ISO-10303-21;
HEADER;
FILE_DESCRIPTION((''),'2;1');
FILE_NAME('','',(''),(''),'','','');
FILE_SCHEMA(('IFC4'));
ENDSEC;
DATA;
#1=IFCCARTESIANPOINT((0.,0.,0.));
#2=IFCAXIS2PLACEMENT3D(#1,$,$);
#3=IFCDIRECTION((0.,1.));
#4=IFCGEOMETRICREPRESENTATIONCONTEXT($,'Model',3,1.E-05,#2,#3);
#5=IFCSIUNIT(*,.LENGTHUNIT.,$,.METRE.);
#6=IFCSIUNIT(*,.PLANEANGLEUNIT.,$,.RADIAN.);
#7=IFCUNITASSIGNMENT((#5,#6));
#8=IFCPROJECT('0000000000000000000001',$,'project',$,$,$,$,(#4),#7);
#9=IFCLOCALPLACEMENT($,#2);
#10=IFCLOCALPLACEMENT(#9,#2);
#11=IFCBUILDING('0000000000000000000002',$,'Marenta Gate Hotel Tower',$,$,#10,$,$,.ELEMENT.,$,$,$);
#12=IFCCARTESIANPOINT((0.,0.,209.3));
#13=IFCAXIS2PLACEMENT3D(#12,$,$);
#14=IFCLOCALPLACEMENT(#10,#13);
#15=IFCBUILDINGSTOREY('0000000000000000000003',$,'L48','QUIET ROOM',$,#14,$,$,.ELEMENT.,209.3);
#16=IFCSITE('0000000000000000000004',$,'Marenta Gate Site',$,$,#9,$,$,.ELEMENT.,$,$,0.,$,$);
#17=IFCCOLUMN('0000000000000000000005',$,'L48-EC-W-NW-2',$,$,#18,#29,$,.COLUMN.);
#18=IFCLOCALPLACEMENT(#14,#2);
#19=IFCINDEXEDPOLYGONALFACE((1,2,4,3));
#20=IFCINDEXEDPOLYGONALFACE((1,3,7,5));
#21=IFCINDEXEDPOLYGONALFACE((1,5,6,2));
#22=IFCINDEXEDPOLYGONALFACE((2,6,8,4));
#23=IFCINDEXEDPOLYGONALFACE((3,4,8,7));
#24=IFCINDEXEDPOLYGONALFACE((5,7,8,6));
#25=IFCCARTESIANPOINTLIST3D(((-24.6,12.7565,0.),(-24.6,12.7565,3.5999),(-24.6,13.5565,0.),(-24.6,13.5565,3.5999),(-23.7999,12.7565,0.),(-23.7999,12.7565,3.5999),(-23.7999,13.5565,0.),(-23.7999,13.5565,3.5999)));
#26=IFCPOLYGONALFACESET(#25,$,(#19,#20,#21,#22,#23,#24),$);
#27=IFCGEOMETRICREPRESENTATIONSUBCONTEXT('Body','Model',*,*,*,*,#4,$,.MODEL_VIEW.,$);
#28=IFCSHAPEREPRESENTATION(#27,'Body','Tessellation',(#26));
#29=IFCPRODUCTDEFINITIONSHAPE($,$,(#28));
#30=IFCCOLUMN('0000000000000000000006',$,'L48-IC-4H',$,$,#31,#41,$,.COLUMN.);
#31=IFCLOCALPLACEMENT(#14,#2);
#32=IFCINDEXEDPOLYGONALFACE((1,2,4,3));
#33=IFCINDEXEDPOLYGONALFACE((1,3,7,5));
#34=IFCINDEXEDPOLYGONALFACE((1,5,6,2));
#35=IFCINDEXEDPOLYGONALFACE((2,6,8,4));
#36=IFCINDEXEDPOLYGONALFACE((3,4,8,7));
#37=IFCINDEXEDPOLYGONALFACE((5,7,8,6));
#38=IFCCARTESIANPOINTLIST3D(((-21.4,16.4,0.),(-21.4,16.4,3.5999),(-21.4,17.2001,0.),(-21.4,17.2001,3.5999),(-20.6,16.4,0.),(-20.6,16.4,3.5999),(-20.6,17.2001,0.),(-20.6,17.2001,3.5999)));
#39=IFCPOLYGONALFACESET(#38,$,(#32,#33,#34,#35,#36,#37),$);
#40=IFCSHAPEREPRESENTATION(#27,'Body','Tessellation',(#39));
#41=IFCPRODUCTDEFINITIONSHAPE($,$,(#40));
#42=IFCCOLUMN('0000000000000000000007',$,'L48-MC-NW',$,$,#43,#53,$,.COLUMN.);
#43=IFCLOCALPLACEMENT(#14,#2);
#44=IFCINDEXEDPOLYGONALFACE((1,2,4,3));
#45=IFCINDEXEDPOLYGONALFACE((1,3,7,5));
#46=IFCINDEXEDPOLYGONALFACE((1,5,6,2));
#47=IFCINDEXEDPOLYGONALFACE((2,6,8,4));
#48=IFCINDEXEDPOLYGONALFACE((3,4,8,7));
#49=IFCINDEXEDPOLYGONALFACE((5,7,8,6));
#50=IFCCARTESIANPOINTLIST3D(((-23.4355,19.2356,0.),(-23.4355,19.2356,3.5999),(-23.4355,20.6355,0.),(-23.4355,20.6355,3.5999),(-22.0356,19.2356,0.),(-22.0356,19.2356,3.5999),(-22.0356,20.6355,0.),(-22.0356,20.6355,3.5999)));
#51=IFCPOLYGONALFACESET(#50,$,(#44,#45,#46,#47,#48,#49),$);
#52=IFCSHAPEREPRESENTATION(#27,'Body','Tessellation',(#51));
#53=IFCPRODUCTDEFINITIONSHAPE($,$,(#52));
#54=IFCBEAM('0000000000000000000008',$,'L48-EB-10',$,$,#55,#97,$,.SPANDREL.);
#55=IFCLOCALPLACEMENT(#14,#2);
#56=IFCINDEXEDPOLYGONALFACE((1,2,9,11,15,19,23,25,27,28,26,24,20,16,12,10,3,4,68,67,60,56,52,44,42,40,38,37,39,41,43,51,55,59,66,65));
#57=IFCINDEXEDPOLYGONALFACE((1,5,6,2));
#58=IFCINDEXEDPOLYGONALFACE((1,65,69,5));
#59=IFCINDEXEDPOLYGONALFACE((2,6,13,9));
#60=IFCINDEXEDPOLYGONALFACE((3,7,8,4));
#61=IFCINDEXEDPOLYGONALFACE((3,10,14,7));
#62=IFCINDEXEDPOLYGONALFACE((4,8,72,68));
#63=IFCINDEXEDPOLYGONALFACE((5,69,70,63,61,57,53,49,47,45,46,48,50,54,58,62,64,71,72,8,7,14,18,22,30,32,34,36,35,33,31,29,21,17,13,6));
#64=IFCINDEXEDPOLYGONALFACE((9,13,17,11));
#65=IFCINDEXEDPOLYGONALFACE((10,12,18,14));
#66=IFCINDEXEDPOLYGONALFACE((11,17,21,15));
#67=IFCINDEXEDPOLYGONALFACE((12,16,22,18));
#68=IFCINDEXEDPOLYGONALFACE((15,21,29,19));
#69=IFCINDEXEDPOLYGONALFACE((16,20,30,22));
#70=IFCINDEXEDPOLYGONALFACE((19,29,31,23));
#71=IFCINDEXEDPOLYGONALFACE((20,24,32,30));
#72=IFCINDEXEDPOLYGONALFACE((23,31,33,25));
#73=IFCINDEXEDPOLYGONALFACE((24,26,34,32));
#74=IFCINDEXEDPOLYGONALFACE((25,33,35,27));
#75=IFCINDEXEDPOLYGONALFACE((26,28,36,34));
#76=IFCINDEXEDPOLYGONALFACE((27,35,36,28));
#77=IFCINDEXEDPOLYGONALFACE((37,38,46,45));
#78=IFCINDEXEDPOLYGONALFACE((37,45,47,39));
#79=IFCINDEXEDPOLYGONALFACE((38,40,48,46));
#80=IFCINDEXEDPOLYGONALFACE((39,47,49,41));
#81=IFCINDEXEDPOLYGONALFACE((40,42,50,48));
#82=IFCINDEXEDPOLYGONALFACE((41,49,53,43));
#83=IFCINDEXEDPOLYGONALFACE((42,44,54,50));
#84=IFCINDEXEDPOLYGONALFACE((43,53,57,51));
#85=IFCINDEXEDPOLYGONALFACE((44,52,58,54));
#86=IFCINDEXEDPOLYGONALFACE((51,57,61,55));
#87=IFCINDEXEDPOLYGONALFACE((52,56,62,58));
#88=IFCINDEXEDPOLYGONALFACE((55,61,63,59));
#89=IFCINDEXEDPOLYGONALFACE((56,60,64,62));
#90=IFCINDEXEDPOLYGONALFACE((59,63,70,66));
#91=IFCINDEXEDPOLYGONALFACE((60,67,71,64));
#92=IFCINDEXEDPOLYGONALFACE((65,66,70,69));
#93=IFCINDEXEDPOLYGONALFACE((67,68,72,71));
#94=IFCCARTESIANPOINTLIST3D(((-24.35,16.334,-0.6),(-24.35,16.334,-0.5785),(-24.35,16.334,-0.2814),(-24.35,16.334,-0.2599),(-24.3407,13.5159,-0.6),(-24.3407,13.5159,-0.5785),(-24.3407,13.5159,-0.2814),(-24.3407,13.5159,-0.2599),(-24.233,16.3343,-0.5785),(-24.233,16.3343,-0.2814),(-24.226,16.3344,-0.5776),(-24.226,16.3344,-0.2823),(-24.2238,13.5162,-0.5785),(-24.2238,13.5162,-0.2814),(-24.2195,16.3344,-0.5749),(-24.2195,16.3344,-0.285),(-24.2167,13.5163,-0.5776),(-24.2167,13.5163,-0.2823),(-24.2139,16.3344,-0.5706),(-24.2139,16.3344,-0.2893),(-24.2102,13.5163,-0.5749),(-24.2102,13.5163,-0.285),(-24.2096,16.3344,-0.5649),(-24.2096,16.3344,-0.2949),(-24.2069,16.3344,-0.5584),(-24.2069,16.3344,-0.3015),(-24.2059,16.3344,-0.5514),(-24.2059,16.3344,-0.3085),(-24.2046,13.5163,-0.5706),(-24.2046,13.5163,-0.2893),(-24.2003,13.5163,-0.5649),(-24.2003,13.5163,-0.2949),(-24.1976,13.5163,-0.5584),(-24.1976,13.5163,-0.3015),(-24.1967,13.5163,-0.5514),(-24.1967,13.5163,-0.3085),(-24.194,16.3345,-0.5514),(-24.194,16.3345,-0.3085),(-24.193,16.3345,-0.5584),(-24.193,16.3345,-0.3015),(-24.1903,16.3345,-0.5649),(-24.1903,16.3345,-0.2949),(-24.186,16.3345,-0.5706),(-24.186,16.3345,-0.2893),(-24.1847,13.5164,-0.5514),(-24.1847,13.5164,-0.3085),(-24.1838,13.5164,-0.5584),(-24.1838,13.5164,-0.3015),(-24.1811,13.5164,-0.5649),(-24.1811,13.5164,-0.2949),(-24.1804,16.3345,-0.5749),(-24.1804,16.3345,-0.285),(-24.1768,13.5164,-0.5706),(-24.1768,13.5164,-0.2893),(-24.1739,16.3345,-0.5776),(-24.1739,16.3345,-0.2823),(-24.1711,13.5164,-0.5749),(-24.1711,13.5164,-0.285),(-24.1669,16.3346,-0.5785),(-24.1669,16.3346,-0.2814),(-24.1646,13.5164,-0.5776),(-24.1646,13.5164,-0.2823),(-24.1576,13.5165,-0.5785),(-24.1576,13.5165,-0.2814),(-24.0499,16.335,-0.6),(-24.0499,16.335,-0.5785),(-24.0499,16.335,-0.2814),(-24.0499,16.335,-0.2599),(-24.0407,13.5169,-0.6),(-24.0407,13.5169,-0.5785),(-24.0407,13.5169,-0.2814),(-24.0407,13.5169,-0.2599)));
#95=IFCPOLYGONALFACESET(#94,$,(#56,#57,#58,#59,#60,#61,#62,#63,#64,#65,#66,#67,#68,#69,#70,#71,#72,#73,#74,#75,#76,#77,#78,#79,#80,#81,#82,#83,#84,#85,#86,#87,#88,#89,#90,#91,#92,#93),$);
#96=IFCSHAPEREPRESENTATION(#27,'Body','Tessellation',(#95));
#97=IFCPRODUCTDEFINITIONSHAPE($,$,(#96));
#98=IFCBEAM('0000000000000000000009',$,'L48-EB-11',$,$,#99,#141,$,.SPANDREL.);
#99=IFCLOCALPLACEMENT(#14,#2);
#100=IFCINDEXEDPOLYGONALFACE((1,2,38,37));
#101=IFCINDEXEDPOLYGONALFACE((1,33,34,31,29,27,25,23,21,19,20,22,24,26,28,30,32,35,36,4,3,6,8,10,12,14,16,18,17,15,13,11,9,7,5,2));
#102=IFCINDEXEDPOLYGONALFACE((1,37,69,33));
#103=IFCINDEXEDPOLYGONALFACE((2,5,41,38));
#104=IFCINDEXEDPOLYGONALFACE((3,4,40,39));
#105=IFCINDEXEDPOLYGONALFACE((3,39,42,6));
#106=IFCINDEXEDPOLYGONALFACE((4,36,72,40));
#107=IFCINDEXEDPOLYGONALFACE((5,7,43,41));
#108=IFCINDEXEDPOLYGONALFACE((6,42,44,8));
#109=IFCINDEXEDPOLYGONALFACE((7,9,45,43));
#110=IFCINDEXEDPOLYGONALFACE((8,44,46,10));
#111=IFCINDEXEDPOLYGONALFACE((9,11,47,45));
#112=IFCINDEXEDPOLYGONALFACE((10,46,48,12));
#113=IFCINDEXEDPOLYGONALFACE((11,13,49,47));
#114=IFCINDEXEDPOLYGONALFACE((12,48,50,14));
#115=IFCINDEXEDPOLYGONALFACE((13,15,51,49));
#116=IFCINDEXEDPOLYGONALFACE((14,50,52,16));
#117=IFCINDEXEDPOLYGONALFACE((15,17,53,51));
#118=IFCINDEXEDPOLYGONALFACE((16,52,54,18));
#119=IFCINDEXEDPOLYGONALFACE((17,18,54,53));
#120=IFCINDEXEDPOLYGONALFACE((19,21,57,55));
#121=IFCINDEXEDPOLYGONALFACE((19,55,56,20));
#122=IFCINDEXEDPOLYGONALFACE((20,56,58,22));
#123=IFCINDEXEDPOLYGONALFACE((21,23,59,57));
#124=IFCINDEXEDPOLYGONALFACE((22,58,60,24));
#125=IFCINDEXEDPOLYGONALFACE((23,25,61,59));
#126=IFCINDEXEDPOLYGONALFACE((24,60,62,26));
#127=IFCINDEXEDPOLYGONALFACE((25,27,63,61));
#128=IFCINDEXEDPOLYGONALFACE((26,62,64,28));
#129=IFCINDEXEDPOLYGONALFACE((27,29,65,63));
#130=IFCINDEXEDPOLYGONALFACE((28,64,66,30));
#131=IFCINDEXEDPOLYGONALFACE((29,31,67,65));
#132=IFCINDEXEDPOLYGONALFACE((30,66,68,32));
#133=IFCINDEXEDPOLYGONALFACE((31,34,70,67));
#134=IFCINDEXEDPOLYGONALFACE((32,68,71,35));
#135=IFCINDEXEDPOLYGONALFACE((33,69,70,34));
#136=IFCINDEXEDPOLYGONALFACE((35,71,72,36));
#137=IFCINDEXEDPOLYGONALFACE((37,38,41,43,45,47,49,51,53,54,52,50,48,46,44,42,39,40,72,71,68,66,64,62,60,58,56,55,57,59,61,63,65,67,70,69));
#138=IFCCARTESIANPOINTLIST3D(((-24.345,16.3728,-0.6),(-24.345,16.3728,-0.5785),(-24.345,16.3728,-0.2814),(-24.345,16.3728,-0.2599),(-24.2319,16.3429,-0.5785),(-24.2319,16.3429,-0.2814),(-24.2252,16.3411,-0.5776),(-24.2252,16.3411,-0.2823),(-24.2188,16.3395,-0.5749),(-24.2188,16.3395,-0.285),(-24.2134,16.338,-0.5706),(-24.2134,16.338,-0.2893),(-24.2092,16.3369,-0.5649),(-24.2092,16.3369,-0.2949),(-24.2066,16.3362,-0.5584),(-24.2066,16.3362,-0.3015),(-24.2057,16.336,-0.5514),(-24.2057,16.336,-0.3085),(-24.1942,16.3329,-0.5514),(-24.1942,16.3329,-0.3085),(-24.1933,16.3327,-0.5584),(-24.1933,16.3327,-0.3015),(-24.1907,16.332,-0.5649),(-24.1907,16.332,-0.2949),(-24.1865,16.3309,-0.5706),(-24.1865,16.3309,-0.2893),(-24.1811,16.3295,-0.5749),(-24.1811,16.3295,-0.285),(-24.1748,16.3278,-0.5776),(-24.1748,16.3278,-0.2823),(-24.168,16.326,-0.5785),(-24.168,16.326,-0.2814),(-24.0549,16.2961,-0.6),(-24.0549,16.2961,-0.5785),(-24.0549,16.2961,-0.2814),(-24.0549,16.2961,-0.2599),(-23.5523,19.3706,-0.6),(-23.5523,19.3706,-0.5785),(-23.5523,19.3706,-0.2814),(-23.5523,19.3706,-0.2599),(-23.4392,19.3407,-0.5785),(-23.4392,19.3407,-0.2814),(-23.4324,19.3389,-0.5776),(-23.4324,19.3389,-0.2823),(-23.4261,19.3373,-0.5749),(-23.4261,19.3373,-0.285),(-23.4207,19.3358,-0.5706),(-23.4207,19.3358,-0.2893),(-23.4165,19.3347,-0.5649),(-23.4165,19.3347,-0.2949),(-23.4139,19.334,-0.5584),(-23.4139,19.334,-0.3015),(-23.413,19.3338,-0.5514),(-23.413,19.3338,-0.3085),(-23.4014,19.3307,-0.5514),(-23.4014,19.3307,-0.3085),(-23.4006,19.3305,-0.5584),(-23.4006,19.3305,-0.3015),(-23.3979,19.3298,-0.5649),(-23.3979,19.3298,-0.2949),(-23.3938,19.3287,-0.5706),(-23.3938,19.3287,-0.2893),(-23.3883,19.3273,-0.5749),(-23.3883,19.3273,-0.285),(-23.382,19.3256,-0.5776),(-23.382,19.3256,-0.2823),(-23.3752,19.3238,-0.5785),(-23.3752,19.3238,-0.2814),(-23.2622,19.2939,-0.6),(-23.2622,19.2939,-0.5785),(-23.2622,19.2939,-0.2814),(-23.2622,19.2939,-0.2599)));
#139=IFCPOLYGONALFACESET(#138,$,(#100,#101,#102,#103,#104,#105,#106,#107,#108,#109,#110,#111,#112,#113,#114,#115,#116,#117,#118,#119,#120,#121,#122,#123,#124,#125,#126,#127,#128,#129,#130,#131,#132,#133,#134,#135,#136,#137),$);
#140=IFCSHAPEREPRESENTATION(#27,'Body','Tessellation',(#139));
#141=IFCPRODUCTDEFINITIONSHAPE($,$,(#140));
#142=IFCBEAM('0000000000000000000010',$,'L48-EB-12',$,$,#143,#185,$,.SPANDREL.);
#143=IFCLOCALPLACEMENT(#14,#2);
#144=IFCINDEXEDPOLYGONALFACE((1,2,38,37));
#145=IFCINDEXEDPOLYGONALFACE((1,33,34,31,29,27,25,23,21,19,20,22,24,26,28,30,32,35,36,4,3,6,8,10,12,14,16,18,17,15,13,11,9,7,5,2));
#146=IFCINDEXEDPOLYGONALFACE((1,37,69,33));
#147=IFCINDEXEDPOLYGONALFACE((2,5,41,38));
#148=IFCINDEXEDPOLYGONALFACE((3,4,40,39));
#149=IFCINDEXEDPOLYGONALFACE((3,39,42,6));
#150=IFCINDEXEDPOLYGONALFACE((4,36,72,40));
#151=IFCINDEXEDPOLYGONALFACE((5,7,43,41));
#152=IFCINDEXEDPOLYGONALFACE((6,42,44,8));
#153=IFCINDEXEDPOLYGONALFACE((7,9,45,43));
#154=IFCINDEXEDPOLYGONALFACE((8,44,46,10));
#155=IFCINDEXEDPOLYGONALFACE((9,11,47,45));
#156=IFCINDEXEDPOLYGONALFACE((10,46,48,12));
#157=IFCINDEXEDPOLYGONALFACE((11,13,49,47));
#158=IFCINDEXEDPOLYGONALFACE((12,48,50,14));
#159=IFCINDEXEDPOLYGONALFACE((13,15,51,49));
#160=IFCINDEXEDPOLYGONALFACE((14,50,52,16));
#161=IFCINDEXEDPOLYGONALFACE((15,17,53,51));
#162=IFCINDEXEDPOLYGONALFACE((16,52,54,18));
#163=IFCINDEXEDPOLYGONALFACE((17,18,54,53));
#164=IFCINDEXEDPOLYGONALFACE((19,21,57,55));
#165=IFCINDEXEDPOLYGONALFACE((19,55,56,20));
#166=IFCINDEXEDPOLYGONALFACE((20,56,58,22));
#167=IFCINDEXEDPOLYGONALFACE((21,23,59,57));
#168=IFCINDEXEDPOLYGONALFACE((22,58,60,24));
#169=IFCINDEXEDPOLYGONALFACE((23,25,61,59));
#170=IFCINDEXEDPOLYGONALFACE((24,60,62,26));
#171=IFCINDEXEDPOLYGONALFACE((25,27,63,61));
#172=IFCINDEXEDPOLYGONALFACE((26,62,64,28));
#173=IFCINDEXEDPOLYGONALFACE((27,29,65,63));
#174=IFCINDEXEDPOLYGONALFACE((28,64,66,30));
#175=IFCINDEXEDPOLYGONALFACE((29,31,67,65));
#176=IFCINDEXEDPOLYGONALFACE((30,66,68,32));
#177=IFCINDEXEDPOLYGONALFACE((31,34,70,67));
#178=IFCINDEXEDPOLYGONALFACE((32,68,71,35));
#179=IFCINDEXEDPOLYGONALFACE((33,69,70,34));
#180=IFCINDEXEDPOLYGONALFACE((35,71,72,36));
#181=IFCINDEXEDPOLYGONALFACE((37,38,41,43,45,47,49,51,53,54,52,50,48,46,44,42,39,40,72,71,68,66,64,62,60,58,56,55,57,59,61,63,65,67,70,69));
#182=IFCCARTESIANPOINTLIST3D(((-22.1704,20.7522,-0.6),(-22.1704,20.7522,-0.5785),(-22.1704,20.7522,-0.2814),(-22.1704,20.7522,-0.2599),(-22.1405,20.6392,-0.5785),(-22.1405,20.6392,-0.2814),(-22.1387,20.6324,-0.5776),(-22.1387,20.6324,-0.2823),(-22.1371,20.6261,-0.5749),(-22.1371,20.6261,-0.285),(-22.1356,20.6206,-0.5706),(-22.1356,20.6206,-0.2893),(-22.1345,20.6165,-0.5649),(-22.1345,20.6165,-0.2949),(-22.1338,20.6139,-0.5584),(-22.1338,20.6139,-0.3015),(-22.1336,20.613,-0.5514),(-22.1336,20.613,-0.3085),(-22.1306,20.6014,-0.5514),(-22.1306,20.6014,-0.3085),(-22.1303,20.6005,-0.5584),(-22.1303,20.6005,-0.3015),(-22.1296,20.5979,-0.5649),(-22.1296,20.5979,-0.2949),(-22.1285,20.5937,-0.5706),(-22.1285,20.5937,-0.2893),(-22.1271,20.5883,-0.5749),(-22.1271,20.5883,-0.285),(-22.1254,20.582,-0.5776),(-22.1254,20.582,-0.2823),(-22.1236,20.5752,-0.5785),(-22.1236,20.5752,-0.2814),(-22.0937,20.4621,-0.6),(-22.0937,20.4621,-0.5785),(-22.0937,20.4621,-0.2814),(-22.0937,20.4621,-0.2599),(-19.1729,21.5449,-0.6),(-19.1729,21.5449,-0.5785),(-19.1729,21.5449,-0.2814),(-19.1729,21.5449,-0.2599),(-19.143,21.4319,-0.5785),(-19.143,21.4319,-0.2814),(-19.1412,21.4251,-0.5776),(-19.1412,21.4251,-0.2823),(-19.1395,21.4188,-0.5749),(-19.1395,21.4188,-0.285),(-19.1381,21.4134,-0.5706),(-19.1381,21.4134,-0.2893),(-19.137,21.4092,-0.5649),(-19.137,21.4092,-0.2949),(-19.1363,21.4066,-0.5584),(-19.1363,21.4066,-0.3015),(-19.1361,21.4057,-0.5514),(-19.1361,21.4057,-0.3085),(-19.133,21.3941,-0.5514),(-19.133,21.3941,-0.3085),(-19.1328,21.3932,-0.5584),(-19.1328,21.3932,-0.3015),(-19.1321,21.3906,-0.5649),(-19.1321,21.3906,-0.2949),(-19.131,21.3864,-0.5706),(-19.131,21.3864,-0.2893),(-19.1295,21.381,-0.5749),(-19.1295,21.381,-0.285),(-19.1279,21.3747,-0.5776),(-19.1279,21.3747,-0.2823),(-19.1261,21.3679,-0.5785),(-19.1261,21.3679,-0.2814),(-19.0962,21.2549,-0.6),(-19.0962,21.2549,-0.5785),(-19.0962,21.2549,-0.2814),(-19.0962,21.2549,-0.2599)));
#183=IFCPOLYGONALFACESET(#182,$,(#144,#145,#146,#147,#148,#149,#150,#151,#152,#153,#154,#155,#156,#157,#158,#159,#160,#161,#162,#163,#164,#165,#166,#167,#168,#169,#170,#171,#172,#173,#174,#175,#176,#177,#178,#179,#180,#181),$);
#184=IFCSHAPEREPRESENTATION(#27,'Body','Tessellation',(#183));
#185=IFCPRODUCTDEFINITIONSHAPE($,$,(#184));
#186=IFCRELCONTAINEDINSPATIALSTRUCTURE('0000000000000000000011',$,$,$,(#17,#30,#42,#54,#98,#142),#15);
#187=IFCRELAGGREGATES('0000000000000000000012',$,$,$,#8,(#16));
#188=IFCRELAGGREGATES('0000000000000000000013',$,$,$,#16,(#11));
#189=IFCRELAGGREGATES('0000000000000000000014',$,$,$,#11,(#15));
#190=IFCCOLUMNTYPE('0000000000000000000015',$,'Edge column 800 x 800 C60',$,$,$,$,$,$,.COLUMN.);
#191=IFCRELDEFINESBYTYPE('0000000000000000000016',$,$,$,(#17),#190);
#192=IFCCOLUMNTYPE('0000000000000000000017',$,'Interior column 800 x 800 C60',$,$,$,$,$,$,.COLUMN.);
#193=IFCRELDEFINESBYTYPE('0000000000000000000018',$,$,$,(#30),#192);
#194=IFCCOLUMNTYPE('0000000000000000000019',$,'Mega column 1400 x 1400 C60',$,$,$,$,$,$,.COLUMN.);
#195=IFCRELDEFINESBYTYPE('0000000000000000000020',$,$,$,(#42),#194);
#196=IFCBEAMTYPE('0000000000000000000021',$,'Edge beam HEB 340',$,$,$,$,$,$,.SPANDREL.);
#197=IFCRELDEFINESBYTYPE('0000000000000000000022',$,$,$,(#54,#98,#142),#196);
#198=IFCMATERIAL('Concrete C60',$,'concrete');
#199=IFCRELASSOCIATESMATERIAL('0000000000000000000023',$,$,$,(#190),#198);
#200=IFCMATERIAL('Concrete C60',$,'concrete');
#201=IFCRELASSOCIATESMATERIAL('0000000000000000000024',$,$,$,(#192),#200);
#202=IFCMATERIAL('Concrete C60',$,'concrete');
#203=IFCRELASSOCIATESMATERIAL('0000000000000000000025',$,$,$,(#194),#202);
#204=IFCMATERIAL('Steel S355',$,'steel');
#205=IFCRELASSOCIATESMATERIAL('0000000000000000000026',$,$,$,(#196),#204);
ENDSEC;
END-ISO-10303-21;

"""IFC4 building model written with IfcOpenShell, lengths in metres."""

from ifc_helpers import new_model, si_unit, direction, frame, origin, origin_2d, place, context, subcontext, project, spatial, rectangle, i_section, extrude, material, material_profile, profile_set, type_object, element, save


model = new_model("IFC4")

# Units and contexts
model_context = context("Model", 3, precision=1e-05, world=origin(), true_north=direction((0.0, 1.0)))
body_context = subcontext(model_context, "Body", "Model", "MODEL_VIEW")
ifc_project = project(units=[si_unit("LENGTHUNIT", "METRE"), si_unit("PLANEANGLEUNIT", "RADIAN")], contexts=[model_context])

# Site, building, storey
site_placement = place(None, origin())
site = spatial("IfcSite", under=ifc_project, at=site_placement, Name="Marenta Gate Site", CompositionType="ELEMENT", RefElevation=0.0)
building_placement = place(site_placement, origin())
building = spatial("IfcBuilding", under=site, at=building_placement, Name="Marenta Gate Hotel Tower", CompositionType="ELEMENT")
storey_placement = place(building_placement, frame((0.0, 0.0, 209.3)))
storey = spatial("IfcBuildingStorey", under=building, at=storey_placement, Name="L48", Description="QUIET ROOM", CompositionType="ELEMENT", Elevation=209.3)

# Columns
ifc_material_1 = material(Name="Concrete C60", Category="concrete")
ifc_material_profile_1 = material_profile(ifc_material_1, rectangle(XDim=0.8, YDim=0.8, at=origin_2d()), Name="800 x 800")
ifc_profile_set_1 = profile_set([ifc_material_profile_1], Name="Concrete C60")
column_type_1 = type_object("IfcColumnType", Name="Edge column 800 x 800 C60", PredefinedType="COLUMN", material=ifc_profile_set_1)
column_1_placement = place(storey_placement, frame((-24.2, 13.1565, 0.0), z_axis=(0.0, 0.0, 1.0), x_axis=(1.0, 0.0, 0.0)))
element("IfcColumn", 1, at=column_1_placement, inside=storey, type_object=column_type_1, Name="L48-EC-W-NW-2", PredefinedType="COLUMN", context=body_context, shape_type="SweptSolid", body=[
    extrude(rectangle(XDim=0.8, YDim=0.8, at=origin_2d()), origin(), (0.0, 0.0, 1.0), 3.5999),
])
ifc_material_2 = material(Name="Concrete C60", Category="concrete")
ifc_material_profile_2 = material_profile(ifc_material_2, rectangle(XDim=0.8, YDim=0.8, at=origin_2d()), Name="800 x 800")
ifc_profile_set_2 = profile_set([ifc_material_profile_2], Name="Concrete C60")
column_type_2 = type_object("IfcColumnType", Name="Interior column 800 x 800 C60", PredefinedType="COLUMN", material=ifc_profile_set_2)
column_2_placement = place(storey_placement, frame((-21.0, 16.8, 0.0), z_axis=(0.0, 0.0, 1.0), x_axis=(1.0, 0.0, 0.0)))
element("IfcColumn", 2, at=column_2_placement, inside=storey, type_object=column_type_2, Name="L48-IC-4H", PredefinedType="COLUMN", context=body_context, shape_type="SweptSolid", body=[
    extrude(rectangle(XDim=0.8, YDim=0.8, at=origin_2d()), origin(), (0.0, 0.0, 1.0), 3.5999),
])
ifc_material_3 = material(Name="Concrete C60", Category="concrete")
ifc_material_profile_3 = material_profile(ifc_material_3, rectangle(XDim=1.3999, YDim=1.3999, at=origin_2d()), Name="1400 x 1400")
ifc_profile_set_3 = profile_set([ifc_material_profile_3], Name="Concrete C60")
column_type_3 = type_object("IfcColumnType", Name="Mega column 1400 x 1400 C60", PredefinedType="COLUMN", material=ifc_profile_set_3)
column_3_placement = place(storey_placement, frame((-22.7356, 19.9355, 0.0), z_axis=(0.0, 0.0, 1.0), x_axis=(1.0, 0.0, 0.0)))
element("IfcColumn", 3, at=column_3_placement, inside=storey, type_object=column_type_3, Name="L48-MC-NW", PredefinedType="COLUMN", context=body_context, shape_type="SweptSolid", body=[
    extrude(rectangle(XDim=1.3999, YDim=1.3999, at=origin_2d()), origin(), (0.0, 0.0, 1.0), 3.5999),
])

# Beams
ifc_material_4 = material(Name="Steel S355", Category="steel")
ifc_material_profile_4 = material_profile(ifc_material_4, i_section(OverallWidth=0.3, OverallDepth=0.3401, WebThickness=0.012, FlangeThickness=0.0215, FilletRadius=0.0271, at=origin_2d()), Name="HEB 340")
ifc_profile_set_4 = profile_set([ifc_material_profile_4], Name="Steel S355")
beam_type_1 = type_object("IfcBeamType", Name="Edge beam HEB 340", PredefinedType="SPANDREL", material=ifc_profile_set_4)
beam_1_placement = place(storey_placement, frame((-24.1907, 13.5164, -0.4299), z_axis=(-0.003292, 0.999995, 0.0), x_axis=(-0.999995, -0.003292, 0.0)))
element("IfcBeam", 4, at=beam_1_placement, inside=storey, type_object=beam_type_1, Name="L48-EB-10", PredefinedType="SPANDREL", context=body_context, shape_type="SweptSolid", body=[
    extrude(i_section(OverallWidth=0.3, OverallDepth=0.3401, WebThickness=0.012, FlangeThickness=0.0215, FilletRadius=0.0271, at=origin_2d()), origin(), (0.0, 0.0, 1.0), 2.8181),
])
beam_2_placement = place(storey_placement, frame((-24.2, 16.3345, -0.4299), z_axis=(0.255648, 0.96677, 0.0), x_axis=(-0.96677, 0.255648, 0.0)))
element("IfcBeam", 5, at=beam_2_placement, inside=storey, type_object=beam_type_1, Name="L48-EB-11", PredefinedType="SPANDREL", context=body_context, shape_type="SweptSolid", body=[
    extrude(i_section(OverallWidth=0.3, OverallDepth=0.3401, WebThickness=0.012, FlangeThickness=0.0215, FilletRadius=0.0271, at=origin_2d()), origin(), (0.0, 0.0, 1.0), 3.1008),
])
beam_3_placement = place(storey_placement, frame((-22.1321, 20.6072, -0.4299), z_axis=(0.966765, 0.255667, 0.0), x_axis=(-0.255667, 0.966765, 0.0)))
element("IfcBeam", 6, at=beam_3_placement, inside=storey, type_object=beam_type_1, Name="L48-EB-12", PredefinedType="SPANDREL", context=body_context, shape_type="SweptSolid", body=[
    extrude(i_section(OverallWidth=0.3, OverallDepth=0.3401, WebThickness=0.012, FlangeThickness=0.0215, FilletRadius=0.0271, at=origin_2d()), origin(), (0.0, 0.0, 1.0), 3.1006),
])

save(model, "model.ifc")
